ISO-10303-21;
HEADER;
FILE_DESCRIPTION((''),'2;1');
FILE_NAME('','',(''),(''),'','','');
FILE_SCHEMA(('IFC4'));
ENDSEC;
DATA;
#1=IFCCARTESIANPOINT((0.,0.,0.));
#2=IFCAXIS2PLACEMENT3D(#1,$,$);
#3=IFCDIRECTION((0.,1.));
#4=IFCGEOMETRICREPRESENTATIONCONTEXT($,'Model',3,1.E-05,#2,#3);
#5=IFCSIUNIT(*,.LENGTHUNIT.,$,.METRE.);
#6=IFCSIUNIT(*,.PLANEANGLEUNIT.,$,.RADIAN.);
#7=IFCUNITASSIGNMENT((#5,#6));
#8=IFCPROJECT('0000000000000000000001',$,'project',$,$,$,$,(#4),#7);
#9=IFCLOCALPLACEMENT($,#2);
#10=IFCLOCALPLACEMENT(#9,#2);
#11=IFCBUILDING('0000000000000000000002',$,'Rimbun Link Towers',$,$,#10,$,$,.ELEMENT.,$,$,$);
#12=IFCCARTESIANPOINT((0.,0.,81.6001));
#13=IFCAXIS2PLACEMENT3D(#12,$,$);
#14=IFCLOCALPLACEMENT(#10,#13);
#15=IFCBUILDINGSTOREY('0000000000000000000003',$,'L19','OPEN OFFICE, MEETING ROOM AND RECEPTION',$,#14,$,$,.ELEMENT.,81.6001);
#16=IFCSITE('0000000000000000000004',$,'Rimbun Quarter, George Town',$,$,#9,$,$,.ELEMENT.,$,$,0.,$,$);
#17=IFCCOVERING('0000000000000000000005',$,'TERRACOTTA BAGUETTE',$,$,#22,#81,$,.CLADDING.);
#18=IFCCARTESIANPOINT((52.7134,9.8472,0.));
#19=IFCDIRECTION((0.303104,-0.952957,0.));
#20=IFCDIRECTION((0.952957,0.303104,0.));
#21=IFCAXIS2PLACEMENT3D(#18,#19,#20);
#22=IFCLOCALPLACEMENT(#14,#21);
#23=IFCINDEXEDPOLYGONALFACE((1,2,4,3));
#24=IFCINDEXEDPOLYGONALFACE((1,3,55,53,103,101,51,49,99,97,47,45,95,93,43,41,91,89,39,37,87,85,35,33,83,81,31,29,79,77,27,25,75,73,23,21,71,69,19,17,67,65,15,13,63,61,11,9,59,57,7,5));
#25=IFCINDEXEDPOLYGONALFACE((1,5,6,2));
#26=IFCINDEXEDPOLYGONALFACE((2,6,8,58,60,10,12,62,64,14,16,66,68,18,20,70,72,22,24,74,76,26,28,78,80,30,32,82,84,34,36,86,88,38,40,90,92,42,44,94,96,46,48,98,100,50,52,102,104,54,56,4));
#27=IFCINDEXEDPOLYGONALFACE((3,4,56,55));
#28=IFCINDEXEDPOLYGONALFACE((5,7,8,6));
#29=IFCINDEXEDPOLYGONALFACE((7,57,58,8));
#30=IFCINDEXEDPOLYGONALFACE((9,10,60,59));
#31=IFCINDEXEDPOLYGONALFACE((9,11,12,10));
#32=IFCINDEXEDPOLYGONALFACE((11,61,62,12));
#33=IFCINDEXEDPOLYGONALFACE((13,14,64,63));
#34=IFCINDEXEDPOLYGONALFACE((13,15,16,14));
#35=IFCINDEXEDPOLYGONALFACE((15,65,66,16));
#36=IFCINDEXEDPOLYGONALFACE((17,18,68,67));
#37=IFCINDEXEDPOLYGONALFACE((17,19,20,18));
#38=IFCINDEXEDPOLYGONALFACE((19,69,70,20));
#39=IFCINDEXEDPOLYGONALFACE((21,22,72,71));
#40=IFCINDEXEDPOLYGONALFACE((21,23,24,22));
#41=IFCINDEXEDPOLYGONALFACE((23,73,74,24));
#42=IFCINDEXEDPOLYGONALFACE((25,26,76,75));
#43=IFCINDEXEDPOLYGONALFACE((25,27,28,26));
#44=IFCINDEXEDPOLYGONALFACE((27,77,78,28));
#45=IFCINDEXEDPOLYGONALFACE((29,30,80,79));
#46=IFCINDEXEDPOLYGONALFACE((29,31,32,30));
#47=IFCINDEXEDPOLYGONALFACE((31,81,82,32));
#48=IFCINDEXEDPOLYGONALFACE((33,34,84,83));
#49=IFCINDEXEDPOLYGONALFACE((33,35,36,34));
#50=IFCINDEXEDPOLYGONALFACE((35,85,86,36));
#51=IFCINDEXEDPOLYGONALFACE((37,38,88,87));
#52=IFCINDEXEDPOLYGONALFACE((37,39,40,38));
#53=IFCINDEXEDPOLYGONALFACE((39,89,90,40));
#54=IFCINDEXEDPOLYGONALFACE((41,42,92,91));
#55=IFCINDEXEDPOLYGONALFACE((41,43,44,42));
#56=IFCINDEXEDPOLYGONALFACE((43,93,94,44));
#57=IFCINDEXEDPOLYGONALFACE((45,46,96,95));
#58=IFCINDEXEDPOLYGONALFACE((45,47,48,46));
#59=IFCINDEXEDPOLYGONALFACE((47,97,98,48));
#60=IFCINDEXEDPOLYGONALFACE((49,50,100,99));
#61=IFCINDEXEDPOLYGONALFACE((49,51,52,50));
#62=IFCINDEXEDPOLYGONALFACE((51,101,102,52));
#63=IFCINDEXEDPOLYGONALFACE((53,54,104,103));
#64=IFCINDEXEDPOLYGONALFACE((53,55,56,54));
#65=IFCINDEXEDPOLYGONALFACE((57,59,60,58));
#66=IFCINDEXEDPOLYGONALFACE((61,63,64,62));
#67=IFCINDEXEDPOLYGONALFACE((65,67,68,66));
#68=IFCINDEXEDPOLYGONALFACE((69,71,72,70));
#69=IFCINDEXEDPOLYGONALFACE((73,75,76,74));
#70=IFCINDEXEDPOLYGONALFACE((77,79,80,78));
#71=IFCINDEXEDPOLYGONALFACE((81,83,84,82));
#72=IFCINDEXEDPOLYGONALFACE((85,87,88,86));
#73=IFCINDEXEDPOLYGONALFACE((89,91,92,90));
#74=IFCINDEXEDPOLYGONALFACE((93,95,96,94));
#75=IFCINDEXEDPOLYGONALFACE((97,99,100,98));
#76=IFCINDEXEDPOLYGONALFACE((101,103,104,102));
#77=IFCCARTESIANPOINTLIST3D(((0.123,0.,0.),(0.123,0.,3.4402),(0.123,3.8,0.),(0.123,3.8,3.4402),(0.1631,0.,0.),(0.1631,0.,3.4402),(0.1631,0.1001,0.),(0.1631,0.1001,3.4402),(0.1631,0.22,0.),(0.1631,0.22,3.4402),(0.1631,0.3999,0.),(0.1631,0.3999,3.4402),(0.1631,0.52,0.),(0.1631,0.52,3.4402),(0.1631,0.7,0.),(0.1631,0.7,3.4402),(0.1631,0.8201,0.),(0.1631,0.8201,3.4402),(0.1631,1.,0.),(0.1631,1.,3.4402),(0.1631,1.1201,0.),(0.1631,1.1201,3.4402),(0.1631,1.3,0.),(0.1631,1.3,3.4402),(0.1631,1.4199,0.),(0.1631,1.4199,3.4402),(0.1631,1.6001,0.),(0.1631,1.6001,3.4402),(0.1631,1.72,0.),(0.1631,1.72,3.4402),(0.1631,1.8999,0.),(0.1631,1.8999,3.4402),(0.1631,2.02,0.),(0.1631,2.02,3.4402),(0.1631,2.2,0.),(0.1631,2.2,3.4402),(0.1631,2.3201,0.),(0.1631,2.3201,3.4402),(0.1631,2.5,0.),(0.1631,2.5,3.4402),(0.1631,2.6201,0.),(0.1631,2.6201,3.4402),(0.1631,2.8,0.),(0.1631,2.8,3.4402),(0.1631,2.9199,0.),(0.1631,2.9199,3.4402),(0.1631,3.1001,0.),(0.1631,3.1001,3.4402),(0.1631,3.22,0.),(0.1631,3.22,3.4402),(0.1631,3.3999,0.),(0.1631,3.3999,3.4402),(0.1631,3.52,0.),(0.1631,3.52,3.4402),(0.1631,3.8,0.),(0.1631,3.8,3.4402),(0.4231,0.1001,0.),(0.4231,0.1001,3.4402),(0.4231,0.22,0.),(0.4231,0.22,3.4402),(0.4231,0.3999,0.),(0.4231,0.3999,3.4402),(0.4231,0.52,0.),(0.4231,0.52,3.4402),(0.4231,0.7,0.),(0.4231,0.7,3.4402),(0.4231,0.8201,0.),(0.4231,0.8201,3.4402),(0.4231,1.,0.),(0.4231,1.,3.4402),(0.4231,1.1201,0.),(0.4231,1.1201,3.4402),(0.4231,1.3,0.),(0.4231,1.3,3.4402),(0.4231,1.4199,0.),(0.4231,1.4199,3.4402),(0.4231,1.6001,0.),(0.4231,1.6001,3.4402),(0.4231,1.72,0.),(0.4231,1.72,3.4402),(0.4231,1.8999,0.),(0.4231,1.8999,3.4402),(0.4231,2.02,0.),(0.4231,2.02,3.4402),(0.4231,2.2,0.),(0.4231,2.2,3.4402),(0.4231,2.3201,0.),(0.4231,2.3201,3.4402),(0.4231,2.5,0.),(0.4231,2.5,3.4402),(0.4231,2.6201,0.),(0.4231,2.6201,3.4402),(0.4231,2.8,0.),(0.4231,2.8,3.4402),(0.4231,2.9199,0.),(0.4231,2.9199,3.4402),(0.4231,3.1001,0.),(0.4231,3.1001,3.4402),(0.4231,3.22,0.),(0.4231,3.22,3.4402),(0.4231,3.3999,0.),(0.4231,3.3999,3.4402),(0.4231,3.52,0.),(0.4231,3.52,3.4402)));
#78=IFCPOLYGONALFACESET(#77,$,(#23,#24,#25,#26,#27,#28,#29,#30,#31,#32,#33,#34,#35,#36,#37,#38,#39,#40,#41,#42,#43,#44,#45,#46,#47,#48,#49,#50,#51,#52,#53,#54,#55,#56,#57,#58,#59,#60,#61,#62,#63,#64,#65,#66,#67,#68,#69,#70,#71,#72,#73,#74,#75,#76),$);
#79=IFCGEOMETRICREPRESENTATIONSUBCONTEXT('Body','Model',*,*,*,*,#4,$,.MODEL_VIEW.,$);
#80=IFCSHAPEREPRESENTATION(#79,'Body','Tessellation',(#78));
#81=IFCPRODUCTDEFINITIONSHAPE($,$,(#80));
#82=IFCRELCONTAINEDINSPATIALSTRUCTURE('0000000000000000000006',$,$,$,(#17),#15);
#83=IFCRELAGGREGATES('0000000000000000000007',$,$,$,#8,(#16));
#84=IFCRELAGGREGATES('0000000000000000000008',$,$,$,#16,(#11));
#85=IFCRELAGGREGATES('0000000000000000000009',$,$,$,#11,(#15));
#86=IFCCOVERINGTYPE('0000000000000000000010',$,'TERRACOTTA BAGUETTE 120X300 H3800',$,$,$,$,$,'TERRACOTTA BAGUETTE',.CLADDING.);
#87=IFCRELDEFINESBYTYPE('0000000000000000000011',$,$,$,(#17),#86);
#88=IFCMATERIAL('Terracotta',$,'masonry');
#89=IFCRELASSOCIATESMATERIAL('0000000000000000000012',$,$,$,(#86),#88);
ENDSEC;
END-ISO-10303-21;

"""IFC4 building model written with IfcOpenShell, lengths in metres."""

from ifc_helpers import new_model, si_unit, direction, frame, origin, place, context, subcontext, project, spatial, polyline, outline, extrude, material, material_profile, profile_set, type_object, element, save


model = new_model("IFC4")

# Units and contexts
model_context = context("Model", 3, precision=1e-05, world=origin(), true_north=direction((0.0, 1.0)))
body_context = subcontext(model_context, "Body", "Model", "MODEL_VIEW")
ifc_project = project(units=[si_unit("LENGTHUNIT", "METRE"), si_unit("PLANEANGLEUNIT", "RADIAN")], contexts=[model_context])

# Site, building, storey
site_placement = place(None, origin())
site = spatial("IfcSite", under=ifc_project, at=site_placement, Name="Rimbun Quarter, George Town", CompositionType="ELEMENT", RefElevation=0.0)
building_placement = place(site_placement, origin())
building = spatial("IfcBuilding", under=site, at=building_placement, Name="Rimbun Link Towers", CompositionType="ELEMENT")
storey_placement = place(building_placement, frame((0.0, 0.0, 81.6001)))
storey = spatial("IfcBuildingStorey", under=building, at=storey_placement, Name="L19", Description="OPEN OFFICE, MEETING ROOM AND RECEPTION", CompositionType="ELEMENT", Elevation=81.6001)

# Covering
ifc_material_1 = material(Name="Terracotta", Category="masonry")
ifc_material_profile_1 = material_profile(ifc_material_1, outline(polyline([(0.123, 0.0), (0.1631, 0.0), (0.1631, 0.1001), (0.4231, 0.1001), (0.4231, 0.22), (0.1631, 0.22), (0.1631, 0.3999), (0.4231, 0.3999), (0.4231, 0.52), (0.1631, 0.52), (0.1631, 0.7), (0.4231, 0.7), (0.4231, 0.8201), (0.1631, 0.8201), (0.1631, 1.0), (0.4231, 1.0), (0.4231, 1.1201), (0.1631, 1.1201), (0.1631, 1.3), (0.4231, 1.3), (0.4231, 1.4199), (0.1631, 1.4199), (0.1631, 1.6001), (0.4231, 1.6001), (0.4231, 1.72), (0.1631, 1.72), (0.1631, 1.8999), (0.4231, 1.8999), (0.4231, 2.02), (0.1631, 2.02), (0.1631, 2.2), (0.4231, 2.2), (0.4231, 2.3201), (0.1631, 2.3201), (0.1631, 2.5), (0.4231, 2.5), (0.4231, 2.6201), (0.1631, 2.6201), (0.1631, 2.8), (0.4231, 2.8), (0.4231, 2.9199), (0.1631, 2.9199), (0.1631, 3.1001), (0.4231, 3.1001), (0.4231, 3.22), (0.1631, 3.22), (0.1631, 3.3999), (0.4231, 3.3999), (0.4231, 3.52), (0.1631, 3.52), (0.1631, 3.8), (0.123, 3.8), (0.123, 0.0)])), Name="BAGUETTE 120X300")
ifc_profile_set_1 = profile_set([ifc_material_profile_1], Name="Terracotta")
covering_type = type_object("IfcCoveringType", Name="TERRACOTTA BAGUETTE 120X300 H3800", ElementType="TERRACOTTA BAGUETTE", PredefinedType="CLADDING", material=ifc_profile_set_1)
covering_1_placement = place(storey_placement, frame((52.7134, 9.8472, 0.0), z_axis=(0.303104, -0.952957, 0.0), x_axis=(0.952957, 0.303104, 0.0)))
element("IfcCovering", 1, at=covering_1_placement, inside=storey, type_object=covering_type, Name="TERRACOTTA BAGUETTE", PredefinedType="CLADDING", context=body_context, shape_type="SweptSolid", body=[
    extrude(outline(polyline([(0.123, 0.0), (0.1631, 0.0), (0.1631, 0.1001), (0.4231, 0.1001), (0.4231, 0.22), (0.1631, 0.22), (0.1631, 0.3999), (0.4231, 0.3999), (0.4231, 0.52), (0.1631, 0.52), (0.1631, 0.7), (0.4231, 0.7), (0.4231, 0.8201), (0.1631, 0.8201), (0.1631, 1.0), (0.4231, 1.0), (0.4231, 1.1201), (0.1631, 1.1201), (0.1631, 1.3), (0.4231, 1.3), (0.4231, 1.4199), (0.1631, 1.4199), (0.1631, 1.6001), (0.4231, 1.6001), (0.4231, 1.72), (0.1631, 1.72), (0.1631, 1.8999), (0.4231, 1.8999), (0.4231, 2.02), (0.1631, 2.02), (0.1631, 2.2), (0.4231, 2.2), (0.4231, 2.3201), (0.1631, 2.3201), (0.1631, 2.5), (0.4231, 2.5), (0.4231, 2.6201), (0.1631, 2.6201), (0.1631, 2.8), (0.4231, 2.8), (0.4231, 2.9199), (0.1631, 2.9199), (0.1631, 3.1001), (0.4231, 3.1001), (0.4231, 3.22), (0.1631, 3.22), (0.1631, 3.3999), (0.4231, 3.3999), (0.4231, 3.52), (0.1631, 3.52), (0.1631, 3.8), (0.123, 3.8), (0.123, 0.0)])), origin(), (0.0, 0.0, 1.0), 3.4402),
])

save(model, "model.ifc")
